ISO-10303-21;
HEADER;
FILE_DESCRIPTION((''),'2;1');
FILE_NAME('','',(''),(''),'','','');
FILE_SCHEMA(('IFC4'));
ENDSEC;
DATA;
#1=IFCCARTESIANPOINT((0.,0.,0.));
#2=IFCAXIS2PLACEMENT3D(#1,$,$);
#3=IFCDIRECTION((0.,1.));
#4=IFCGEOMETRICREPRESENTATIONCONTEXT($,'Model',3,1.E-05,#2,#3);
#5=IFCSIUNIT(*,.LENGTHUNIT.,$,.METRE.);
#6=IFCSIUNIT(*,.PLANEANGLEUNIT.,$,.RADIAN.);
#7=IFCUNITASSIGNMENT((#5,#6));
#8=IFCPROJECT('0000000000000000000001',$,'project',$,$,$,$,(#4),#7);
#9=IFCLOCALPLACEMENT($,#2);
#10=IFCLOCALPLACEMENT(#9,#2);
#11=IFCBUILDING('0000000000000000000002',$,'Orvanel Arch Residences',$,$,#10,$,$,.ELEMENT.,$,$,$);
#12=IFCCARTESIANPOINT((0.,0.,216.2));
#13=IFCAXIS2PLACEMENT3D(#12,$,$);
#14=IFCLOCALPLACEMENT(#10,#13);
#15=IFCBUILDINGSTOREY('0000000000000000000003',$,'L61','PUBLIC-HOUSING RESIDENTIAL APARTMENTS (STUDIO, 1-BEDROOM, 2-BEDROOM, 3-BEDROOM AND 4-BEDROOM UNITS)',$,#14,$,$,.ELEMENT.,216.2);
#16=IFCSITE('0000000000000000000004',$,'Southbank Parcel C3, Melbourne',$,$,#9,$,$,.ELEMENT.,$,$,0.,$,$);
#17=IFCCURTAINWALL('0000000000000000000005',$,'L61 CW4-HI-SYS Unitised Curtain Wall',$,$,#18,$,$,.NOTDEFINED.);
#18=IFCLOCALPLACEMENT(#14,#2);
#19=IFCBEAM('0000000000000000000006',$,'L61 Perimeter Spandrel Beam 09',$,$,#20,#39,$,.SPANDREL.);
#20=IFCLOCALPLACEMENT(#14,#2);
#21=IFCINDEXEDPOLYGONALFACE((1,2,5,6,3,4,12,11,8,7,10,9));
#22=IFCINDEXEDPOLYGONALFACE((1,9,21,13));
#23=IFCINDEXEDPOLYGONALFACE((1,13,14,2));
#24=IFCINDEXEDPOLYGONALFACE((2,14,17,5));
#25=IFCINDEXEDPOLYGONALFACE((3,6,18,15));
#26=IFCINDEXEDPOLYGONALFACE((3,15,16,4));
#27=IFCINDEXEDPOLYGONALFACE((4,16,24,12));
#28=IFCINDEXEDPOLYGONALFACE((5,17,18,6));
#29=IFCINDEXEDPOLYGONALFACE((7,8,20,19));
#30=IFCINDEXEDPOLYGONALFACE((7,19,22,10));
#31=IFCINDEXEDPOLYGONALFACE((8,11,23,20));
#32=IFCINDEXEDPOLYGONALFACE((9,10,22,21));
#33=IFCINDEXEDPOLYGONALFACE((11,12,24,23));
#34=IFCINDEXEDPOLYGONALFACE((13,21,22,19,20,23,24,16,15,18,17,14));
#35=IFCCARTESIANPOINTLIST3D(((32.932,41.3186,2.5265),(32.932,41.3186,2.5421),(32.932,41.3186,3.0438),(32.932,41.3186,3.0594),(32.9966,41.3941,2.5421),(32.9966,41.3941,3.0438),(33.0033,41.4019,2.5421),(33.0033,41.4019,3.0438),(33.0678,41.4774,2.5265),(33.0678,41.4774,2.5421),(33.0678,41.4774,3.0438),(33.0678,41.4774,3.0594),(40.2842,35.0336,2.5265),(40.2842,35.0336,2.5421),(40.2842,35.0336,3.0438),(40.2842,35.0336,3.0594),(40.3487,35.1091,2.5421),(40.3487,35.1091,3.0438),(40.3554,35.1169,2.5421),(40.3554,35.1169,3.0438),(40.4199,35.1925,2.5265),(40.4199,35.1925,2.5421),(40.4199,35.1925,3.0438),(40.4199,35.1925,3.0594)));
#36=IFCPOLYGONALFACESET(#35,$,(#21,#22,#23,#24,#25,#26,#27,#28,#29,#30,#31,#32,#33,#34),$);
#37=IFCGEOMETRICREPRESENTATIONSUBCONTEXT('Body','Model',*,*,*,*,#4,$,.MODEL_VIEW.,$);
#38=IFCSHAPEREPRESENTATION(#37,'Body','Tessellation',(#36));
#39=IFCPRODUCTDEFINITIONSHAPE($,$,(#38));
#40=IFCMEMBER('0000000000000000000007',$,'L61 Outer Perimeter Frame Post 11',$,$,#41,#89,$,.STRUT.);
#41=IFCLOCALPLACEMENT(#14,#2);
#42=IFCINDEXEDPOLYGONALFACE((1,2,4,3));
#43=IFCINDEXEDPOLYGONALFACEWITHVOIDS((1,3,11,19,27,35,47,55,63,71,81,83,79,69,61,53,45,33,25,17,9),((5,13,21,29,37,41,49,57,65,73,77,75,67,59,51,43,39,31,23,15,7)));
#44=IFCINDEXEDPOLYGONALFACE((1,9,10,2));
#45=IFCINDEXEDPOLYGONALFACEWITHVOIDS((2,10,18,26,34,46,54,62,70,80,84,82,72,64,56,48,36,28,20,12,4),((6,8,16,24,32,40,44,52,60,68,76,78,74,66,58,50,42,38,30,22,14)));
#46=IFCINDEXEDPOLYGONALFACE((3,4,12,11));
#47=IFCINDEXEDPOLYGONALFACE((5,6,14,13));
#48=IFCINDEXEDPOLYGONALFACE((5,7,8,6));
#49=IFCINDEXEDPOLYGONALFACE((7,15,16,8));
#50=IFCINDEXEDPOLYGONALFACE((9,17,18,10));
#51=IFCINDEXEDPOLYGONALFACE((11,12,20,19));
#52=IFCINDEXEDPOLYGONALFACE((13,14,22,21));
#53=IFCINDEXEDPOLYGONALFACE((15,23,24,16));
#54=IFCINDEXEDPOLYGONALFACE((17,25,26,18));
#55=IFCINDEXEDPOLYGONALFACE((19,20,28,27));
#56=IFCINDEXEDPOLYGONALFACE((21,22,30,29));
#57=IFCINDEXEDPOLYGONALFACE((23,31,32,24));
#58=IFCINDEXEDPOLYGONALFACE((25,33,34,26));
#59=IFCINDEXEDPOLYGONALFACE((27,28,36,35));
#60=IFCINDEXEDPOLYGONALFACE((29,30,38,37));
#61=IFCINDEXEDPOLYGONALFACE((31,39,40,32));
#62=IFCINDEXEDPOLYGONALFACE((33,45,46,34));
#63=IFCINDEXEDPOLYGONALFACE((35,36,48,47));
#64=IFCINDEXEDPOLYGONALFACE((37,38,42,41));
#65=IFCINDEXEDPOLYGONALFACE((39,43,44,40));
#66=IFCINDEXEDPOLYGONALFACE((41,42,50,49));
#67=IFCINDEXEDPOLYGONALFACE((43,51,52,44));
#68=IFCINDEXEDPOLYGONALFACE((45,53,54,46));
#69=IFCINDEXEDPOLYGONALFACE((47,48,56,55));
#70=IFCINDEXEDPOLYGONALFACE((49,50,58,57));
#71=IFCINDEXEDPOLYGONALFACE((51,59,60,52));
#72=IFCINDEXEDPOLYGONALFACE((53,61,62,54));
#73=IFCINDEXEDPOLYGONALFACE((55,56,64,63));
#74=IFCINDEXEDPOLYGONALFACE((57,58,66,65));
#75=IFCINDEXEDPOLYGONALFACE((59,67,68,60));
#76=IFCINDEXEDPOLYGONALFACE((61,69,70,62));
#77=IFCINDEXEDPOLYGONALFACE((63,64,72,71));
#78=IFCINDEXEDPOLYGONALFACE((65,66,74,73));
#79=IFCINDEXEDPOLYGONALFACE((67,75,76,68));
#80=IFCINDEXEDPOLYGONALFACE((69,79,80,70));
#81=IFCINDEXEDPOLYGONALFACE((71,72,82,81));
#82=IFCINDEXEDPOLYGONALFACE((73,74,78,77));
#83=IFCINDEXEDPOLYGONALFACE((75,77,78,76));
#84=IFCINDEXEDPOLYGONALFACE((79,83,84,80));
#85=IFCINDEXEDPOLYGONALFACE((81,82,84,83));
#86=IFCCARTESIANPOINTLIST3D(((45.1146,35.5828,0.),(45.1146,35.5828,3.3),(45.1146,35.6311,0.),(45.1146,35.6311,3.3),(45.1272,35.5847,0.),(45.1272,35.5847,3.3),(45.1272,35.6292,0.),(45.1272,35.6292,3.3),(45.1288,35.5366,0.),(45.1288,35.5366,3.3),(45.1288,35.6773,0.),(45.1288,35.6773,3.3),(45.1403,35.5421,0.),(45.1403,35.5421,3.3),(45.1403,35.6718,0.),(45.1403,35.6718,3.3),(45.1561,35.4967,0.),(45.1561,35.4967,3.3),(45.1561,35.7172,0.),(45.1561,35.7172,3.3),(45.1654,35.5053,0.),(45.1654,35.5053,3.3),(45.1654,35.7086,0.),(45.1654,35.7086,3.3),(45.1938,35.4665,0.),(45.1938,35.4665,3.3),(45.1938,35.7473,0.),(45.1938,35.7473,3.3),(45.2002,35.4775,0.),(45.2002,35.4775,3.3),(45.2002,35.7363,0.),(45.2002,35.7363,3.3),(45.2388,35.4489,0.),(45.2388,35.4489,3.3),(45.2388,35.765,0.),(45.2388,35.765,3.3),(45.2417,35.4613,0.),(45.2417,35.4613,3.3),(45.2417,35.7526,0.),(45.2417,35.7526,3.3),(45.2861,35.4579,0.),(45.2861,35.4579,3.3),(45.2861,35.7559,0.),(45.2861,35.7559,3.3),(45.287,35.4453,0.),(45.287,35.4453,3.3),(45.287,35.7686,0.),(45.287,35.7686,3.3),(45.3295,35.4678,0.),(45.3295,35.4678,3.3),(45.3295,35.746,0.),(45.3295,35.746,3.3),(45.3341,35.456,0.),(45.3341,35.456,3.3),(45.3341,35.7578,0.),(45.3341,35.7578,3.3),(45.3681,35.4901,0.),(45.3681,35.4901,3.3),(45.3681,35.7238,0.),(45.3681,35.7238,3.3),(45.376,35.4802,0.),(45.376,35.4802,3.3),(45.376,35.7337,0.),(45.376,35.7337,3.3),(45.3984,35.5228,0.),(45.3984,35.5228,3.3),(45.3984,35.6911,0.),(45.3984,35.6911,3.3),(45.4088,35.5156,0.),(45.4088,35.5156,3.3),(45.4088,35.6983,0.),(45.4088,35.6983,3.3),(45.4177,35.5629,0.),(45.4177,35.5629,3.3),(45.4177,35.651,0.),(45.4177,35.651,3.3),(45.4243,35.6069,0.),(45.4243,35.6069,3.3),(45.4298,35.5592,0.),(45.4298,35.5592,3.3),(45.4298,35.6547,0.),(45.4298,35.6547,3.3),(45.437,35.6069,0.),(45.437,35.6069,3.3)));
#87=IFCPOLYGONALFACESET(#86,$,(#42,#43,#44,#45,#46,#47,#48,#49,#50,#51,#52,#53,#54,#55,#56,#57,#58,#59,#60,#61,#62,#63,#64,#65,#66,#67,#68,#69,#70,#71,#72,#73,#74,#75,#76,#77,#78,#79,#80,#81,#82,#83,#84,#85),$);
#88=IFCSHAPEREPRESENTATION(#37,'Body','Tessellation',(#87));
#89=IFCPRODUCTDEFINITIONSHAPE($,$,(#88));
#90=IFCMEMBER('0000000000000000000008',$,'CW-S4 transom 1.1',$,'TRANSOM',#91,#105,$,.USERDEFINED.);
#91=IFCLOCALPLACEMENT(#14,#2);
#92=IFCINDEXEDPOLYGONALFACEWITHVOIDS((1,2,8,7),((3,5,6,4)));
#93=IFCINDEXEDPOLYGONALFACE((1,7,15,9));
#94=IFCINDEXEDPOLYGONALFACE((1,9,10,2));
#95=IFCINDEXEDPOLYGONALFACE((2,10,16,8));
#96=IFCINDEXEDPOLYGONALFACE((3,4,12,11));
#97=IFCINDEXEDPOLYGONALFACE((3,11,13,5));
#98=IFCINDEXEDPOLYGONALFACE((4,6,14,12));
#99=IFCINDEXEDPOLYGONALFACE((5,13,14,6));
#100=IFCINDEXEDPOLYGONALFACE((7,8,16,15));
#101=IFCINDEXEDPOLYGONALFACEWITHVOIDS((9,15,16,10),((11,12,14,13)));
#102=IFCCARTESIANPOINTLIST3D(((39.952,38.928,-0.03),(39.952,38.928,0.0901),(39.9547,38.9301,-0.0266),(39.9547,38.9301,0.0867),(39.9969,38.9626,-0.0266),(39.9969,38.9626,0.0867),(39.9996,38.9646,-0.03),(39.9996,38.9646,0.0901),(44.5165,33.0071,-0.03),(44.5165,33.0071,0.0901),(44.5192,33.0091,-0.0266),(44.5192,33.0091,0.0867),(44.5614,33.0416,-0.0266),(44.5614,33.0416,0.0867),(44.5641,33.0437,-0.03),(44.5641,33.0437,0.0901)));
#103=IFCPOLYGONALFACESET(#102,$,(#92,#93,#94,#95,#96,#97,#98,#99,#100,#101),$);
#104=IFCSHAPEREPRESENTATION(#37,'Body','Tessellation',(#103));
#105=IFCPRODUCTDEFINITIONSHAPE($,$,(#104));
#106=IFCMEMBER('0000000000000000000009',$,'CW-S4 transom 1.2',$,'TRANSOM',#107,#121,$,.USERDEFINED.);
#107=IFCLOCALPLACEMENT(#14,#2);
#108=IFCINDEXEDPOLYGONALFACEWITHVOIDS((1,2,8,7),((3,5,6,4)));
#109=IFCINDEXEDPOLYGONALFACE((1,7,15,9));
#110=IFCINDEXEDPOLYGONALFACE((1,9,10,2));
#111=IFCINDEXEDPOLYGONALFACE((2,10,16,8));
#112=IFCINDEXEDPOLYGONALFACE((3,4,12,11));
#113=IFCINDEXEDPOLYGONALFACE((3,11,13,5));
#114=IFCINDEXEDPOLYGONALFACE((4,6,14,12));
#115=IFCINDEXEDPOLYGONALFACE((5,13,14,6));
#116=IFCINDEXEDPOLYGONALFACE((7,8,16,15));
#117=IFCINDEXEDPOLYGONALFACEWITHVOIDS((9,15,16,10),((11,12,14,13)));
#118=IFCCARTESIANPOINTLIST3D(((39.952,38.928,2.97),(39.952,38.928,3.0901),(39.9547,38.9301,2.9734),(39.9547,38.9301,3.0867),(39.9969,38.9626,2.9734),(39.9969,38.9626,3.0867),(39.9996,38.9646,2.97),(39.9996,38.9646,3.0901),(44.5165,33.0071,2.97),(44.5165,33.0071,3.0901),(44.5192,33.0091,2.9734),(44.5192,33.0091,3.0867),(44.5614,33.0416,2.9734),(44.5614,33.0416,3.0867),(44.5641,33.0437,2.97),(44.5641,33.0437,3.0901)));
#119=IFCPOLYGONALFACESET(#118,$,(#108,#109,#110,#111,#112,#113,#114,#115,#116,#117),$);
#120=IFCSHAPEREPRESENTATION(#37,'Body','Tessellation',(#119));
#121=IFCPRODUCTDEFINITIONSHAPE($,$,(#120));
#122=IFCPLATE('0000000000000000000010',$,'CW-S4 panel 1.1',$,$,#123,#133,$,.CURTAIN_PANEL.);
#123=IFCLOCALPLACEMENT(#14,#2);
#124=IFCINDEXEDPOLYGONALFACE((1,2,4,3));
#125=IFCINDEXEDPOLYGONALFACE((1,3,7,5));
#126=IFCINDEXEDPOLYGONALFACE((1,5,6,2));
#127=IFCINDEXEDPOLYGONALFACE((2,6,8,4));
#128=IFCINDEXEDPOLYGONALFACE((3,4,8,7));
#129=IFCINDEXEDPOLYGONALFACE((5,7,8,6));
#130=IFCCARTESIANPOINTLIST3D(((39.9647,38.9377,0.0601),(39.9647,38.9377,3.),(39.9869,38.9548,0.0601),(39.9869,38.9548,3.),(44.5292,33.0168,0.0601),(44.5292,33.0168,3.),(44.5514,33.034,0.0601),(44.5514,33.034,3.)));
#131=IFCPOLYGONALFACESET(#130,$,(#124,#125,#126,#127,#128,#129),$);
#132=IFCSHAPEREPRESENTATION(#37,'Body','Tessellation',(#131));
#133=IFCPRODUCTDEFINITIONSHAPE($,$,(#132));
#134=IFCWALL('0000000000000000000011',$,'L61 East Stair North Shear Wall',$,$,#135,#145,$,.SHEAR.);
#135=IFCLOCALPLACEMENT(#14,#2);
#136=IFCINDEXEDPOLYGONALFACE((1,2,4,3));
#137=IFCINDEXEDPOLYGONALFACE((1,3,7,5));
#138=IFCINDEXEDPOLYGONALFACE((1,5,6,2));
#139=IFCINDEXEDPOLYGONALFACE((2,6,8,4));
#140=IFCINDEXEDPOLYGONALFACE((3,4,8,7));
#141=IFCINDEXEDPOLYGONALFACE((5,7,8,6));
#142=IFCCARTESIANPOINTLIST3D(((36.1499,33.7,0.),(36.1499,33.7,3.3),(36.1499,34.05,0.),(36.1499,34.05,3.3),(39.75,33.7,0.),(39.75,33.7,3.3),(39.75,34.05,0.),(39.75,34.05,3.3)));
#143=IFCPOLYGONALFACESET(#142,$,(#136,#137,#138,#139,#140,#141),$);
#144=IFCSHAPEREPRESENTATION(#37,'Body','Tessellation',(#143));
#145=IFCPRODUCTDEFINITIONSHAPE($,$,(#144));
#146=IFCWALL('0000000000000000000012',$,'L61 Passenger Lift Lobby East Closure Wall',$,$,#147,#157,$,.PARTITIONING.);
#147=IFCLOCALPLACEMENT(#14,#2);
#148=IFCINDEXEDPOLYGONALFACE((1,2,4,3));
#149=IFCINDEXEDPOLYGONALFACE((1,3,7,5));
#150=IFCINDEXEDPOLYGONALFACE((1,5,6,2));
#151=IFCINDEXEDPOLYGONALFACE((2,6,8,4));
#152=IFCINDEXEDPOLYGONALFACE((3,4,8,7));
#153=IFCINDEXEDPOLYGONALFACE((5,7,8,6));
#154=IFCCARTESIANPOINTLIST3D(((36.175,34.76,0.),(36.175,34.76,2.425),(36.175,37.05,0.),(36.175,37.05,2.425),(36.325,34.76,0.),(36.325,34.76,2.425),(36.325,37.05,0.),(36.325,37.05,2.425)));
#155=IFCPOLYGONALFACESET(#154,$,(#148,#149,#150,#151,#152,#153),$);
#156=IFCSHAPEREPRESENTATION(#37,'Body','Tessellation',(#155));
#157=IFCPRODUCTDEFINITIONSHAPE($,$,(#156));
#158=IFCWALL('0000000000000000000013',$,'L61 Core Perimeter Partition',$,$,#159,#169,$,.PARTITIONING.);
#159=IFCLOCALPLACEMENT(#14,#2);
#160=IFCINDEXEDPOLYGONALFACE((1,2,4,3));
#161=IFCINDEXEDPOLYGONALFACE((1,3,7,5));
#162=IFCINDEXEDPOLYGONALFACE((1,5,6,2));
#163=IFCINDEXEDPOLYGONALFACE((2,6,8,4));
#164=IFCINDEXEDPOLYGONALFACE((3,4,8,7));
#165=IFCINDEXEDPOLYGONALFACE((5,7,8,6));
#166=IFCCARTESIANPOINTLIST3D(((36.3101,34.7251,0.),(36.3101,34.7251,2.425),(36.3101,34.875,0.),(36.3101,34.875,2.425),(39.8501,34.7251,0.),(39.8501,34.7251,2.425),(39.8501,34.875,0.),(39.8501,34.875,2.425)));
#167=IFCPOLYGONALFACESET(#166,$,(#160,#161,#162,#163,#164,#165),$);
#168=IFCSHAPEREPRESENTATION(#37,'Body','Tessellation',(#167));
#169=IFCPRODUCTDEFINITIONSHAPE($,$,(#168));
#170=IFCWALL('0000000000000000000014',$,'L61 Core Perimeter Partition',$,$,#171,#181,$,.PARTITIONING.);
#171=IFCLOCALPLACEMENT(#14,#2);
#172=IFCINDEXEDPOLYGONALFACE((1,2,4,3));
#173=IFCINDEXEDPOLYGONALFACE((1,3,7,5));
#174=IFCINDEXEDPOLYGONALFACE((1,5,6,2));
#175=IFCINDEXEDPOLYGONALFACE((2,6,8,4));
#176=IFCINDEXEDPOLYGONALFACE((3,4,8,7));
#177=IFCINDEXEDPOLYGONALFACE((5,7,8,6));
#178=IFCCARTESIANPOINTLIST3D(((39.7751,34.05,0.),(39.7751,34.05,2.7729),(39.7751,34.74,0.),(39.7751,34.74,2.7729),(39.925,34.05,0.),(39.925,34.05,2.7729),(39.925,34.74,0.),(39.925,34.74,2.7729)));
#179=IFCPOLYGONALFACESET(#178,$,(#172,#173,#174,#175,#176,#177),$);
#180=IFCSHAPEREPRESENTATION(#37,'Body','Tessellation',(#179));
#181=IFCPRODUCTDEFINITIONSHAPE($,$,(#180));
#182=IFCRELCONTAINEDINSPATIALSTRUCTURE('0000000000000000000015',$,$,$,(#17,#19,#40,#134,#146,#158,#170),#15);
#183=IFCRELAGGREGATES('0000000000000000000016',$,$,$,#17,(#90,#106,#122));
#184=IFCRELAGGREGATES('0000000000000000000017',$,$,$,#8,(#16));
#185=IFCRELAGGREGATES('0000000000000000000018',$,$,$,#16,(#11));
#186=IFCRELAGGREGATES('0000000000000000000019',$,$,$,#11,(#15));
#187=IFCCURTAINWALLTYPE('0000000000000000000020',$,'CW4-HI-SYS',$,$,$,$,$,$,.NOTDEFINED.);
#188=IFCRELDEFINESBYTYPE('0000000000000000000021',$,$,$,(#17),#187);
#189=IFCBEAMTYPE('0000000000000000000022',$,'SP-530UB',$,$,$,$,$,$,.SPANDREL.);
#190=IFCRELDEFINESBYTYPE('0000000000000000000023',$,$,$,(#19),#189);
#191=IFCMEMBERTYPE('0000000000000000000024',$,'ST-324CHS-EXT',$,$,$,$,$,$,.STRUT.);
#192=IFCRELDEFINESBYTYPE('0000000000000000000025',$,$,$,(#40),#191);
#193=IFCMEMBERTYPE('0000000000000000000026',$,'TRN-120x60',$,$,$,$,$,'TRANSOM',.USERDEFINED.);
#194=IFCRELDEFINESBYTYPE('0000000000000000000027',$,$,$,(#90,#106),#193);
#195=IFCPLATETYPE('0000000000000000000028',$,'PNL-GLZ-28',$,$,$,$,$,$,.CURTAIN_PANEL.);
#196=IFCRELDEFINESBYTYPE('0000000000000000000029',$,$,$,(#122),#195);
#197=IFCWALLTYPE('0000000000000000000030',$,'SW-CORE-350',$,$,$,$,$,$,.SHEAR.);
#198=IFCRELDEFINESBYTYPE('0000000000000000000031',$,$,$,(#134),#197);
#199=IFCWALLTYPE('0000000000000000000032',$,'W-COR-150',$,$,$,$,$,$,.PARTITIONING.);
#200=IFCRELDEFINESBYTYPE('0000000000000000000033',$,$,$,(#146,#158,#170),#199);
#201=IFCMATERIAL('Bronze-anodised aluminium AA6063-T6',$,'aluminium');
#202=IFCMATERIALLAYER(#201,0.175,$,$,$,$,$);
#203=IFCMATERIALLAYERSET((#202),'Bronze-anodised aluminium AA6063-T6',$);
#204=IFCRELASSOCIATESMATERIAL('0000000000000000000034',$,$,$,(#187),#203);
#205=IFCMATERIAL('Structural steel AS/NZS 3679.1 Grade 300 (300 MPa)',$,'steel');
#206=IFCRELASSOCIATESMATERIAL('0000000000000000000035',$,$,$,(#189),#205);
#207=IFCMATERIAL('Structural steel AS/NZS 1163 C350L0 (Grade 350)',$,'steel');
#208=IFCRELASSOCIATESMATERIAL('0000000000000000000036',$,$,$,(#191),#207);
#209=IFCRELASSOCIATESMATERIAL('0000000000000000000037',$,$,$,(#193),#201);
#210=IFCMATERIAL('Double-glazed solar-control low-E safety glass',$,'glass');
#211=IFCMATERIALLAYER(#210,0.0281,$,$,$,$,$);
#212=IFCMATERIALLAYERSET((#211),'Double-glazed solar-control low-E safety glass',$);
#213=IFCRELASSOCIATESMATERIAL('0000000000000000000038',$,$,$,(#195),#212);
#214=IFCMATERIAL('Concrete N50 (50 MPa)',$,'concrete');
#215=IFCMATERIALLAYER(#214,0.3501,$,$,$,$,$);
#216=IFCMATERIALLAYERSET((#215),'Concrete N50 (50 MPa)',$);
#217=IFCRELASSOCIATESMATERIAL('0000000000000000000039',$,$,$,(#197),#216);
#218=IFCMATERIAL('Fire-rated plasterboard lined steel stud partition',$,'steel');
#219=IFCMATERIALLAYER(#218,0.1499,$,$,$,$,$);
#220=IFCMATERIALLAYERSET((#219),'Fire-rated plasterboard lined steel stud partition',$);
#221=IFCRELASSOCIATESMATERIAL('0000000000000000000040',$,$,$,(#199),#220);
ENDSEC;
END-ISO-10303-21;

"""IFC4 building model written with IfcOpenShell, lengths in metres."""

from ifc_helpers import new_model, si_unit, direction, frame, frame_2d, origin, origin_2d, place, context, subcontext, project, spatial, rectangle, hollow_rectangle, hollow_circle, i_section, extrude, material, layer, layer_set, material_profile, profile_set, type_object, element, aggregate, save


model = new_model("IFC4")

# Units and contexts
model_context = context("Model", 3, precision=1e-05, world=origin(), true_north=direction((0.0, 1.0)))
body_context = subcontext(model_context, "Body", "Model", "MODEL_VIEW")
ifc_project = project(units=[si_unit("LENGTHUNIT", "METRE"), si_unit("PLANEANGLEUNIT", "RADIAN")], contexts=[model_context])

# Site, building, storey
site_placement = place(None, origin())
site = spatial("IfcSite", under=ifc_project, at=site_placement, Name="Southbank Parcel C3, Melbourne", CompositionType="ELEMENT", RefElevation=0.0)
building_placement = place(site_placement, origin())
building = spatial("IfcBuilding", under=site, at=building_placement, Name="Orvanel Arch Residences", CompositionType="ELEMENT")
storey_placement = place(building_placement, frame((0.0, 0.0, 216.2)))
storey = spatial("IfcBuildingStorey", under=building, at=storey_placement, Name="L61", Description="PUBLIC-HOUSING RESIDENTIAL APARTMENTS (STUDIO, 1-BEDROOM, 2-BEDROOM, 3-BEDROOM AND 4-BEDROOM UNITS)", CompositionType="ELEMENT", Elevation=216.2)

# Shared definitions
ifc_material_1 = material(Name="Structural steel AS/NZS 3679.1 Grade 300 (300 MPa)", Category="steel")

# Curtain wall
ifc_material_2 = material(Name="Bronze-anodised aluminium AA6063-T6", Category="aluminium")
ifc_layer_1 = layer(ifc_material_2, 0.175)
ifc_layer_set_1 = layer_set([ifc_layer_1], Name="Bronze-anodised aluminium AA6063-T6")
curtain_wall_type = type_object("IfcCurtainWallType", Name="CW4-HI-SYS", PredefinedType="NOTDEFINED", material=ifc_layer_set_1)
curtain_wall_placement = place(storey_placement, origin())
curtain_wall = element("IfcCurtainWall", 1, at=curtain_wall_placement, inside=storey, type_object=curtain_wall_type, Name="L61 CW4-HI-SYS Unitised Curtain Wall", PredefinedType="NOTDEFINED")

# Beam
ifc_material_profile_1 = material_profile(ifc_material_1, i_section(OverallWidth=0.209, OverallDepth=0.533, WebThickness=0.0103, FlangeThickness=0.0156, at=origin_2d()), Name="530UB92.4")
ifc_profile_set_1 = profile_set([ifc_material_profile_1], Name="Structural steel AS/NZS 3679.1 Grade 300 (300 MPa)")
beam_type_1 = type_object("IfcBeamType", Name="SP-530UB", PredefinedType="SPANDREL", material=ifc_profile_set_1)
beam_1_placement = place(storey_placement, frame((40.3521, 35.113, 2.793), z_axis=(-0.760117, 0.649787, 0.0), x_axis=(-0.649787, -0.760117, 0.0)))
element("IfcBeam", 2, at=beam_1_placement, inside=storey, type_object=beam_type_1, Name="L61 Perimeter Spandrel Beam 09", PredefinedType="SPANDREL", context=body_context, shape_type="SweptSolid", body=[
    extrude(i_section(OverallWidth=0.209, OverallDepth=0.533, WebThickness=0.0103, FlangeThickness=0.0156, at=origin_2d()), origin(), (0.0, 0.0, 1.0), 9.6724),
])

# Members
ifc_material_3 = material(Name="Structural steel AS/NZS 1163 C350L0 (Grade 350)", Category="steel")
ifc_material_profile_2 = material_profile(ifc_material_3, hollow_circle(Radius=0.1621, WallThickness=0.0127, at=origin_2d()), Name="CHS324x12.7")
ifc_profile_set_2 = profile_set([ifc_material_profile_2], Name="Structural steel AS/NZS 1163 C350L0 (Grade 350)")
member_type_1 = type_object("IfcMemberType", Name="ST-324CHS-EXT", PredefinedType="STRUT", material=ifc_profile_set_2)
member_1_placement = place(storey_placement, frame((45.2749, 35.6069, 0.0), z_axis=(0.0, 0.0, 1.0), x_axis=(1.0, 0.0, 0.0)))
element("IfcMember", 3, at=member_1_placement, inside=storey, type_object=member_type_1, Name="L61 Outer Perimeter Frame Post 11", PredefinedType="STRUT", context=body_context, shape_type="SweptSolid", body=[
    extrude(hollow_circle(Radius=0.1621, WallThickness=0.0127, at=origin_2d()), origin(), (0.0, 0.0, 1.0), 3.3),
])
ifc_material_profile_3 = material_profile(ifc_material_2, hollow_rectangle(XDim=0.0601, YDim=0.1201, WallThickness=0.0034, at=origin_2d()), Name="ALU120x60x3.5")
ifc_profile_set_3 = profile_set([ifc_material_profile_3], Name="Bronze-anodised aluminium AA6063-T6")
member_type_2 = type_object("IfcMemberType", Name="TRN-120x60", ElementType="TRANSOM", PredefinedType="USERDEFINED", material=ifc_profile_set_3)
member_2_placement = place(storey_placement, frame((44.5403, 33.0254, 0.03), z_axis=(-0.610544, 0.791983, 0.0), x_axis=(-0.791983, -0.610544, 0.0)))
member_2 = element("IfcMember", 4, at=member_2_placement, type_object=member_type_2, Name="CW-S4 transom 1.1", ObjectType="TRANSOM", PredefinedType="USERDEFINED", context=body_context, shape_type="SweptSolid", body=[
    extrude(hollow_rectangle(XDim=0.0601, YDim=0.1201, WallThickness=0.0034, at=origin_2d()), origin(), (0.0, 0.0, 1.0), 7.4761),
])
member_3_placement = place(storey_placement, frame((44.5403, 33.0254, 3.03), z_axis=(-0.610544, 0.791983, 0.0), x_axis=(-0.791983, -0.610544, 0.0)))
member_3 = element("IfcMember", 5, at=member_3_placement, type_object=member_type_2, Name="CW-S4 transom 1.2", ObjectType="TRANSOM", PredefinedType="USERDEFINED", context=body_context, shape_type="SweptSolid", body=[
    extrude(hollow_rectangle(XDim=0.0601, YDim=0.1201, WallThickness=0.0034, at=origin_2d()), origin(), (0.0, 0.0, 1.0), 7.4761),
])

# Plate
ifc_material_4 = material(Name="Double-glazed solar-control low-E safety glass", Category="glass")
ifc_layer_2 = layer(ifc_material_4, 0.0281)
ifc_layer_set_2 = layer_set([ifc_layer_2], Name="Double-glazed solar-control low-E safety glass")
plate_type = type_object("IfcPlateType", Name="PNL-GLZ-28", PredefinedType="CURTAIN_PANEL", material=ifc_layer_set_2)
plate_placement = place(storey_placement, frame((42.2581, 35.9858, 0.0601), z_axis=(0.0, 0.0, 1.0), x_axis=(-0.610553, 0.791976, 0.0)))
plate = element("IfcPlate", 6, at=plate_placement, type_object=plate_type, Name="CW-S4 panel 1.1", PredefinedType="CURTAIN_PANEL", context=body_context, shape_type="SweptSolid", body=[
    extrude(rectangle(XDim=7.4761, YDim=0.0281, at=origin_2d()), origin(), (0.0, 0.0, 1.0), 2.9399),
])
aggregate(curtain_wall, [member_2, member_3, plate])

# Walls
ifc_material_5 = material(Name="Concrete N50 (50 MPa)", Category="concrete")
ifc_layer_3 = layer(ifc_material_5, 0.3501)
ifc_layer_set_3 = layer_set([ifc_layer_3], Name="Concrete N50 (50 MPa)")
wall_type_1 = type_object("IfcWallType", Name="SW-CORE-350", PredefinedType="SHEAR", material=ifc_layer_set_3)
wall_1_placement = place(storey_placement, frame((36.1499, 33.875, 0.0), z_axis=(0.0, 0.0, 1.0), x_axis=(1.0, 0.0, 0.0)))
element("IfcWall", 7, at=wall_1_placement, inside=storey, type_object=wall_type_1, Name="L61 East Stair North Shear Wall", PredefinedType="SHEAR", context=body_context, shape_type="SweptSolid", body=[
    extrude(rectangle(XDim=3.6001, YDim=0.3501, at=frame_2d((1.8, 0.0))), origin(), (0.0, 0.0, 1.0), 3.3),
])
ifc_material_6 = material(Name="Fire-rated plasterboard lined steel stud partition", Category="steel")
ifc_layer_4 = layer(ifc_material_6, 0.1499)
ifc_layer_set_4 = layer_set([ifc_layer_4], Name="Fire-rated plasterboard lined steel stud partition")
wall_type_2 = type_object("IfcWallType", Name="W-COR-150", PredefinedType="PARTITIONING", material=ifc_layer_set_4)
wall_2_placement = place(storey_placement, frame((36.25, 34.76, 0.0), z_axis=(0.0, 0.0, 1.0), x_axis=(0.0, 1.0, 0.0)))
element("IfcWall", 8, at=wall_2_placement, inside=storey, type_object=wall_type_2, Name="L61 Passenger Lift Lobby East Closure Wall", PredefinedType="PARTITIONING", context=body_context, shape_type="SweptSolid", body=[
    extrude(rectangle(XDim=2.29, YDim=0.1499, at=frame_2d((1.145, 0.0))), origin(), (0.0, 0.0, 1.0), 2.425),
])
wall_3_placement = place(storey_placement, frame((36.3101, 34.8, 0.0), z_axis=(0.0, 0.0, 1.0), x_axis=(1.0, 0.0, 0.0)))
element("IfcWall", 9, at=wall_3_placement, inside=storey, type_object=wall_type_2, Name="L61 Core Perimeter Partition", PredefinedType="PARTITIONING", context=body_context, shape_type="SweptSolid", body=[
    extrude(rectangle(XDim=3.54, YDim=0.1499, at=frame_2d((1.77, 0.0))), origin(), (0.0, 0.0, 1.0), 2.425),
])
wall_4_placement = place(storey_placement, frame((39.8501, 34.74, 0.0), z_axis=(0.0, 0.0, 1.0), x_axis=(0.0, -1.0, 0.0)))
element("IfcWall", 10, at=wall_4_placement, inside=storey, type_object=wall_type_2, Name="L61 Core Perimeter Partition", PredefinedType="PARTITIONING", context=body_context, shape_type="SweptSolid", body=[
    extrude(rectangle(XDim=0.6899, YDim=0.1499, at=frame_2d((0.345, 0.0))), origin(), (0.0, 0.0, 1.0), 2.7729),
])

save(model, "model.ifc")
